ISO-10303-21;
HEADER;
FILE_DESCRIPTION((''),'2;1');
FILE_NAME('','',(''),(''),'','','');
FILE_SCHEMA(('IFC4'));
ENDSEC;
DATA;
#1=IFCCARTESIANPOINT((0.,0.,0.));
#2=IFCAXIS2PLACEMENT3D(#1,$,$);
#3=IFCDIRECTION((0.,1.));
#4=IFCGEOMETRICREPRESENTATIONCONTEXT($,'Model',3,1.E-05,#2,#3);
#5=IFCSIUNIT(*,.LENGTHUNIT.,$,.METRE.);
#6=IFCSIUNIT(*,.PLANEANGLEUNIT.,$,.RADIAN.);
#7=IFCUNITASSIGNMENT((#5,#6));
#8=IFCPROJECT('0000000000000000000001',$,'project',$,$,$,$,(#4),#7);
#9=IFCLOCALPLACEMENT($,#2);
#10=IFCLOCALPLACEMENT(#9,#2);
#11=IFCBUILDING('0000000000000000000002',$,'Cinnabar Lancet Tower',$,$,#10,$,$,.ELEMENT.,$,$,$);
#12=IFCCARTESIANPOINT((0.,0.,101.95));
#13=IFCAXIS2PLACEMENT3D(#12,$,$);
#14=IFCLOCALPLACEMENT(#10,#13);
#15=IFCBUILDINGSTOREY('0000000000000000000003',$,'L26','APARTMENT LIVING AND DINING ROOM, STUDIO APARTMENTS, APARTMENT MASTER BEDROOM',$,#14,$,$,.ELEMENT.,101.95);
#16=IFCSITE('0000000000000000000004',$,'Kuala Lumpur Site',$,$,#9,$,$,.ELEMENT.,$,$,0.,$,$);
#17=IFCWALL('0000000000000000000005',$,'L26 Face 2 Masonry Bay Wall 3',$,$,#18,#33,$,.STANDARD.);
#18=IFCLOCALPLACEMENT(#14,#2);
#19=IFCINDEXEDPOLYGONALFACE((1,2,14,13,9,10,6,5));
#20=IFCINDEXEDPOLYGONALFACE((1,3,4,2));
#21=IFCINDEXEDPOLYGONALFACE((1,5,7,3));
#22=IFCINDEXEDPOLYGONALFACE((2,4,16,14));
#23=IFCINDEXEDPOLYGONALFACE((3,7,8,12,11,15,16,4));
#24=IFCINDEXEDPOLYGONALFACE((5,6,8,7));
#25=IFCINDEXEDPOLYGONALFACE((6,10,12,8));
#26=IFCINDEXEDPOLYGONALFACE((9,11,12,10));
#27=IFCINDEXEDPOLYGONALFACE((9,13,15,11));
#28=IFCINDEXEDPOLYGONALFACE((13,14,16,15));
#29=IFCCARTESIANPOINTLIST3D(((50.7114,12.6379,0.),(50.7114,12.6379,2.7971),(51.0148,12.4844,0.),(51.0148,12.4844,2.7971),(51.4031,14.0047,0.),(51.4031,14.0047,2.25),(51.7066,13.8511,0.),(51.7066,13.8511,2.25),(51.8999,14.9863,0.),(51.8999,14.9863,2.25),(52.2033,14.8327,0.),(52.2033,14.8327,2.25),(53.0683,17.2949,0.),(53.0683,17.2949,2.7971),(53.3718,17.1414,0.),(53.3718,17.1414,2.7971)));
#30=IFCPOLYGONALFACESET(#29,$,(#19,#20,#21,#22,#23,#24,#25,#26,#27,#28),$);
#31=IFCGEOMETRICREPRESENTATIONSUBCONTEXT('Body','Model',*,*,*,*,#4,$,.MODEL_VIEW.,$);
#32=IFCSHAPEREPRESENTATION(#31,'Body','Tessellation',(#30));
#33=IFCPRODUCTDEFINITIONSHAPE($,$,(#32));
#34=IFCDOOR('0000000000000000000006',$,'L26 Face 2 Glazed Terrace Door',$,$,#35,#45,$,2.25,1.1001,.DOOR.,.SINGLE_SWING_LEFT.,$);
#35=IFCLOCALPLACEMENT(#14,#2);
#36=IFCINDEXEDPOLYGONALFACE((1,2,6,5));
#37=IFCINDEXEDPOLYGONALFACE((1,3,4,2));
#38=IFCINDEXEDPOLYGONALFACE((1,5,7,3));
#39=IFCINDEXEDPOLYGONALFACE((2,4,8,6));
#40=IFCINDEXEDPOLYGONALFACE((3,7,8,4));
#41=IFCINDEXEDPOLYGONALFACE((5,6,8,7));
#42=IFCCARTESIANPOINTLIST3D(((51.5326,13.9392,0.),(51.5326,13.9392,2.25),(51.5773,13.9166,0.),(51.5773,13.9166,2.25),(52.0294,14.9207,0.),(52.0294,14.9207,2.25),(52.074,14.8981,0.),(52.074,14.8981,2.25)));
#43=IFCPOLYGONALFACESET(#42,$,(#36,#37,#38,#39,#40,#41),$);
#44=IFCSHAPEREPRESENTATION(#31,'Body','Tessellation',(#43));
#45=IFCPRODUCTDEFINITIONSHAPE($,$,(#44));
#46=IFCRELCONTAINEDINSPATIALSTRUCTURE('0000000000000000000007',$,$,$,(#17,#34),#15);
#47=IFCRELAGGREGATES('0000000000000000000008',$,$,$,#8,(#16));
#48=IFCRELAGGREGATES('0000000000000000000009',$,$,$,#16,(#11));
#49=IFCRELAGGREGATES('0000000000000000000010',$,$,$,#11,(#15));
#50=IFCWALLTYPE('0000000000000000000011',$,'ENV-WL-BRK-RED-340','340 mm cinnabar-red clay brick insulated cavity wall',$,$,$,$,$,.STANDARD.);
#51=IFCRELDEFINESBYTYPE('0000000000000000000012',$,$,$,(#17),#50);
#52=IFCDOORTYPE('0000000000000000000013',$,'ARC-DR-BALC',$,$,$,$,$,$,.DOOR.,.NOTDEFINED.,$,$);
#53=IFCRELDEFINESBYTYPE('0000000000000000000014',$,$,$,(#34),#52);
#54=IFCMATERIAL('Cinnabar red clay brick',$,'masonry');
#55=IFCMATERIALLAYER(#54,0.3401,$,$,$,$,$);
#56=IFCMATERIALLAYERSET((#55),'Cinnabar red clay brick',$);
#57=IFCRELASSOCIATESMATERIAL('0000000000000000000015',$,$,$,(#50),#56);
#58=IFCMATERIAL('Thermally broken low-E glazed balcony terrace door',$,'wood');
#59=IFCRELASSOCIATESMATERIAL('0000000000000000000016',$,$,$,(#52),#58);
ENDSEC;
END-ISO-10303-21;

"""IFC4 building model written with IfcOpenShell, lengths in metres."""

from ifc_helpers import new_model, si_unit, direction, frame, frame_2d, origin, place, context, subcontext, project, spatial, rectangle, extrude, material, layer, layer_set, type_object, element, fill, save


model = new_model("IFC4")

# Units and contexts
model_context = context("Model", 3, precision=1e-05, world=origin(), true_north=direction((0.0, 1.0)))
body_context = subcontext(model_context, "Body", "Model", "MODEL_VIEW")
ifc_project = project(units=[si_unit("LENGTHUNIT", "METRE"), si_unit("PLANEANGLEUNIT", "RADIAN")], contexts=[model_context])

# Site, building, storey
site_placement = place(None, origin())
site = spatial("IfcSite", under=ifc_project, at=site_placement, Name="Kuala Lumpur Site", CompositionType="ELEMENT", RefElevation=0.0)
building_placement = place(site_placement, origin())
building = spatial("IfcBuilding", under=site, at=building_placement, Name="Cinnabar Lancet Tower", CompositionType="ELEMENT")
storey_placement = place(building_placement, frame((0.0, 0.0, 101.95)))
storey = spatial("IfcBuildingStorey", under=building, at=storey_placement, Name="L26", Description="APARTMENT LIVING AND DINING ROOM, STUDIO APARTMENTS, APARTMENT MASTER BEDROOM", CompositionType="ELEMENT", Elevation=101.95)

# Shared definitions
ifc_material_1 = material(Name="Cinnabar red clay brick", Category="masonry")
ifc_layer_1 = layer(ifc_material_1, 0.3401)
ifc_layer_set_1 = layer_set([ifc_layer_1], Name="Cinnabar red clay brick")
wall_type_1 = type_object("IfcWallType", Name="ENV-WL-BRK-RED-340", Description="340 mm cinnabar-red clay brick insulated cavity wall", PredefinedType="STANDARD", material=ifc_layer_set_1)

# Wall, opening, door
wall_1_placement = place(storey_placement, frame((50.863, 12.561, 0.0), z_axis=(0.0, 0.0, 1.0), x_axis=(0.451568, 0.892237, 0.0)))
wall_1 = element("IfcWall", 1, at=wall_1_placement, inside=storey, type_object=wall_type_1, Name="L26 Face 2 Masonry Bay Wall 3", PredefinedType="STANDARD", context=body_context, shape_type="SweptSolid", body=[
    extrude(rectangle(XDim=5.2195, YDim=0.3401, at=frame_2d((2.6099, 0.0))), origin(), (0.0, 0.0, 1.0), 2.7971),
])
opening_1_placement = place(wall_1_placement, frame((1.532, 0.0, 0.0)))
opening_1 = element("IfcOpeningElement", 2, at=opening_1_placement, cuts=wall_1, PredefinedType="OPENING", context=body_context, shape_type="SweptSolid", body=[
    extrude(rectangle(XDim=1.1001, YDim=2.25, at=frame_2d((0.55, 1.125))), frame((0.0, 0.1799, 0.0), z_axis=(0.0, -1.0, 0.0), x_axis=(1.0, 0.0, 0.0)), (0.0, 0.0, 1.0), 0.3601),
])
ifc_material_2 = material(Name="Thermally broken low-E glazed balcony terrace door", Category="wood")
door_type = type_object("IfcDoorType", Name="ARC-DR-BALC", OperationType="NOTDEFINED", PredefinedType="DOOR", material=ifc_material_2)
door_placement = place(opening_1_placement, origin())
door = element("IfcDoor", 3, at=door_placement, inside=storey, type_object=door_type, Name="L26 Face 2 Glazed Terrace Door", OperationType="SINGLE_SWING_LEFT", OverallHeight=2.25, OverallWidth=1.1001, PredefinedType="DOOR", context=body_context, shape_type="SweptSolid", body=[
    extrude(rectangle(XDim=1.1001, YDim=2.25, at=frame_2d((0.55, 1.125))), frame((0.0, 0.0249, 0.0), z_axis=(0.0, -1.0, 0.0), x_axis=(1.0, 0.0, 0.0)), (0.0, 0.0, 1.0), 0.05),
])
fill(opening_1, door)

save(model, "model.ifc")
